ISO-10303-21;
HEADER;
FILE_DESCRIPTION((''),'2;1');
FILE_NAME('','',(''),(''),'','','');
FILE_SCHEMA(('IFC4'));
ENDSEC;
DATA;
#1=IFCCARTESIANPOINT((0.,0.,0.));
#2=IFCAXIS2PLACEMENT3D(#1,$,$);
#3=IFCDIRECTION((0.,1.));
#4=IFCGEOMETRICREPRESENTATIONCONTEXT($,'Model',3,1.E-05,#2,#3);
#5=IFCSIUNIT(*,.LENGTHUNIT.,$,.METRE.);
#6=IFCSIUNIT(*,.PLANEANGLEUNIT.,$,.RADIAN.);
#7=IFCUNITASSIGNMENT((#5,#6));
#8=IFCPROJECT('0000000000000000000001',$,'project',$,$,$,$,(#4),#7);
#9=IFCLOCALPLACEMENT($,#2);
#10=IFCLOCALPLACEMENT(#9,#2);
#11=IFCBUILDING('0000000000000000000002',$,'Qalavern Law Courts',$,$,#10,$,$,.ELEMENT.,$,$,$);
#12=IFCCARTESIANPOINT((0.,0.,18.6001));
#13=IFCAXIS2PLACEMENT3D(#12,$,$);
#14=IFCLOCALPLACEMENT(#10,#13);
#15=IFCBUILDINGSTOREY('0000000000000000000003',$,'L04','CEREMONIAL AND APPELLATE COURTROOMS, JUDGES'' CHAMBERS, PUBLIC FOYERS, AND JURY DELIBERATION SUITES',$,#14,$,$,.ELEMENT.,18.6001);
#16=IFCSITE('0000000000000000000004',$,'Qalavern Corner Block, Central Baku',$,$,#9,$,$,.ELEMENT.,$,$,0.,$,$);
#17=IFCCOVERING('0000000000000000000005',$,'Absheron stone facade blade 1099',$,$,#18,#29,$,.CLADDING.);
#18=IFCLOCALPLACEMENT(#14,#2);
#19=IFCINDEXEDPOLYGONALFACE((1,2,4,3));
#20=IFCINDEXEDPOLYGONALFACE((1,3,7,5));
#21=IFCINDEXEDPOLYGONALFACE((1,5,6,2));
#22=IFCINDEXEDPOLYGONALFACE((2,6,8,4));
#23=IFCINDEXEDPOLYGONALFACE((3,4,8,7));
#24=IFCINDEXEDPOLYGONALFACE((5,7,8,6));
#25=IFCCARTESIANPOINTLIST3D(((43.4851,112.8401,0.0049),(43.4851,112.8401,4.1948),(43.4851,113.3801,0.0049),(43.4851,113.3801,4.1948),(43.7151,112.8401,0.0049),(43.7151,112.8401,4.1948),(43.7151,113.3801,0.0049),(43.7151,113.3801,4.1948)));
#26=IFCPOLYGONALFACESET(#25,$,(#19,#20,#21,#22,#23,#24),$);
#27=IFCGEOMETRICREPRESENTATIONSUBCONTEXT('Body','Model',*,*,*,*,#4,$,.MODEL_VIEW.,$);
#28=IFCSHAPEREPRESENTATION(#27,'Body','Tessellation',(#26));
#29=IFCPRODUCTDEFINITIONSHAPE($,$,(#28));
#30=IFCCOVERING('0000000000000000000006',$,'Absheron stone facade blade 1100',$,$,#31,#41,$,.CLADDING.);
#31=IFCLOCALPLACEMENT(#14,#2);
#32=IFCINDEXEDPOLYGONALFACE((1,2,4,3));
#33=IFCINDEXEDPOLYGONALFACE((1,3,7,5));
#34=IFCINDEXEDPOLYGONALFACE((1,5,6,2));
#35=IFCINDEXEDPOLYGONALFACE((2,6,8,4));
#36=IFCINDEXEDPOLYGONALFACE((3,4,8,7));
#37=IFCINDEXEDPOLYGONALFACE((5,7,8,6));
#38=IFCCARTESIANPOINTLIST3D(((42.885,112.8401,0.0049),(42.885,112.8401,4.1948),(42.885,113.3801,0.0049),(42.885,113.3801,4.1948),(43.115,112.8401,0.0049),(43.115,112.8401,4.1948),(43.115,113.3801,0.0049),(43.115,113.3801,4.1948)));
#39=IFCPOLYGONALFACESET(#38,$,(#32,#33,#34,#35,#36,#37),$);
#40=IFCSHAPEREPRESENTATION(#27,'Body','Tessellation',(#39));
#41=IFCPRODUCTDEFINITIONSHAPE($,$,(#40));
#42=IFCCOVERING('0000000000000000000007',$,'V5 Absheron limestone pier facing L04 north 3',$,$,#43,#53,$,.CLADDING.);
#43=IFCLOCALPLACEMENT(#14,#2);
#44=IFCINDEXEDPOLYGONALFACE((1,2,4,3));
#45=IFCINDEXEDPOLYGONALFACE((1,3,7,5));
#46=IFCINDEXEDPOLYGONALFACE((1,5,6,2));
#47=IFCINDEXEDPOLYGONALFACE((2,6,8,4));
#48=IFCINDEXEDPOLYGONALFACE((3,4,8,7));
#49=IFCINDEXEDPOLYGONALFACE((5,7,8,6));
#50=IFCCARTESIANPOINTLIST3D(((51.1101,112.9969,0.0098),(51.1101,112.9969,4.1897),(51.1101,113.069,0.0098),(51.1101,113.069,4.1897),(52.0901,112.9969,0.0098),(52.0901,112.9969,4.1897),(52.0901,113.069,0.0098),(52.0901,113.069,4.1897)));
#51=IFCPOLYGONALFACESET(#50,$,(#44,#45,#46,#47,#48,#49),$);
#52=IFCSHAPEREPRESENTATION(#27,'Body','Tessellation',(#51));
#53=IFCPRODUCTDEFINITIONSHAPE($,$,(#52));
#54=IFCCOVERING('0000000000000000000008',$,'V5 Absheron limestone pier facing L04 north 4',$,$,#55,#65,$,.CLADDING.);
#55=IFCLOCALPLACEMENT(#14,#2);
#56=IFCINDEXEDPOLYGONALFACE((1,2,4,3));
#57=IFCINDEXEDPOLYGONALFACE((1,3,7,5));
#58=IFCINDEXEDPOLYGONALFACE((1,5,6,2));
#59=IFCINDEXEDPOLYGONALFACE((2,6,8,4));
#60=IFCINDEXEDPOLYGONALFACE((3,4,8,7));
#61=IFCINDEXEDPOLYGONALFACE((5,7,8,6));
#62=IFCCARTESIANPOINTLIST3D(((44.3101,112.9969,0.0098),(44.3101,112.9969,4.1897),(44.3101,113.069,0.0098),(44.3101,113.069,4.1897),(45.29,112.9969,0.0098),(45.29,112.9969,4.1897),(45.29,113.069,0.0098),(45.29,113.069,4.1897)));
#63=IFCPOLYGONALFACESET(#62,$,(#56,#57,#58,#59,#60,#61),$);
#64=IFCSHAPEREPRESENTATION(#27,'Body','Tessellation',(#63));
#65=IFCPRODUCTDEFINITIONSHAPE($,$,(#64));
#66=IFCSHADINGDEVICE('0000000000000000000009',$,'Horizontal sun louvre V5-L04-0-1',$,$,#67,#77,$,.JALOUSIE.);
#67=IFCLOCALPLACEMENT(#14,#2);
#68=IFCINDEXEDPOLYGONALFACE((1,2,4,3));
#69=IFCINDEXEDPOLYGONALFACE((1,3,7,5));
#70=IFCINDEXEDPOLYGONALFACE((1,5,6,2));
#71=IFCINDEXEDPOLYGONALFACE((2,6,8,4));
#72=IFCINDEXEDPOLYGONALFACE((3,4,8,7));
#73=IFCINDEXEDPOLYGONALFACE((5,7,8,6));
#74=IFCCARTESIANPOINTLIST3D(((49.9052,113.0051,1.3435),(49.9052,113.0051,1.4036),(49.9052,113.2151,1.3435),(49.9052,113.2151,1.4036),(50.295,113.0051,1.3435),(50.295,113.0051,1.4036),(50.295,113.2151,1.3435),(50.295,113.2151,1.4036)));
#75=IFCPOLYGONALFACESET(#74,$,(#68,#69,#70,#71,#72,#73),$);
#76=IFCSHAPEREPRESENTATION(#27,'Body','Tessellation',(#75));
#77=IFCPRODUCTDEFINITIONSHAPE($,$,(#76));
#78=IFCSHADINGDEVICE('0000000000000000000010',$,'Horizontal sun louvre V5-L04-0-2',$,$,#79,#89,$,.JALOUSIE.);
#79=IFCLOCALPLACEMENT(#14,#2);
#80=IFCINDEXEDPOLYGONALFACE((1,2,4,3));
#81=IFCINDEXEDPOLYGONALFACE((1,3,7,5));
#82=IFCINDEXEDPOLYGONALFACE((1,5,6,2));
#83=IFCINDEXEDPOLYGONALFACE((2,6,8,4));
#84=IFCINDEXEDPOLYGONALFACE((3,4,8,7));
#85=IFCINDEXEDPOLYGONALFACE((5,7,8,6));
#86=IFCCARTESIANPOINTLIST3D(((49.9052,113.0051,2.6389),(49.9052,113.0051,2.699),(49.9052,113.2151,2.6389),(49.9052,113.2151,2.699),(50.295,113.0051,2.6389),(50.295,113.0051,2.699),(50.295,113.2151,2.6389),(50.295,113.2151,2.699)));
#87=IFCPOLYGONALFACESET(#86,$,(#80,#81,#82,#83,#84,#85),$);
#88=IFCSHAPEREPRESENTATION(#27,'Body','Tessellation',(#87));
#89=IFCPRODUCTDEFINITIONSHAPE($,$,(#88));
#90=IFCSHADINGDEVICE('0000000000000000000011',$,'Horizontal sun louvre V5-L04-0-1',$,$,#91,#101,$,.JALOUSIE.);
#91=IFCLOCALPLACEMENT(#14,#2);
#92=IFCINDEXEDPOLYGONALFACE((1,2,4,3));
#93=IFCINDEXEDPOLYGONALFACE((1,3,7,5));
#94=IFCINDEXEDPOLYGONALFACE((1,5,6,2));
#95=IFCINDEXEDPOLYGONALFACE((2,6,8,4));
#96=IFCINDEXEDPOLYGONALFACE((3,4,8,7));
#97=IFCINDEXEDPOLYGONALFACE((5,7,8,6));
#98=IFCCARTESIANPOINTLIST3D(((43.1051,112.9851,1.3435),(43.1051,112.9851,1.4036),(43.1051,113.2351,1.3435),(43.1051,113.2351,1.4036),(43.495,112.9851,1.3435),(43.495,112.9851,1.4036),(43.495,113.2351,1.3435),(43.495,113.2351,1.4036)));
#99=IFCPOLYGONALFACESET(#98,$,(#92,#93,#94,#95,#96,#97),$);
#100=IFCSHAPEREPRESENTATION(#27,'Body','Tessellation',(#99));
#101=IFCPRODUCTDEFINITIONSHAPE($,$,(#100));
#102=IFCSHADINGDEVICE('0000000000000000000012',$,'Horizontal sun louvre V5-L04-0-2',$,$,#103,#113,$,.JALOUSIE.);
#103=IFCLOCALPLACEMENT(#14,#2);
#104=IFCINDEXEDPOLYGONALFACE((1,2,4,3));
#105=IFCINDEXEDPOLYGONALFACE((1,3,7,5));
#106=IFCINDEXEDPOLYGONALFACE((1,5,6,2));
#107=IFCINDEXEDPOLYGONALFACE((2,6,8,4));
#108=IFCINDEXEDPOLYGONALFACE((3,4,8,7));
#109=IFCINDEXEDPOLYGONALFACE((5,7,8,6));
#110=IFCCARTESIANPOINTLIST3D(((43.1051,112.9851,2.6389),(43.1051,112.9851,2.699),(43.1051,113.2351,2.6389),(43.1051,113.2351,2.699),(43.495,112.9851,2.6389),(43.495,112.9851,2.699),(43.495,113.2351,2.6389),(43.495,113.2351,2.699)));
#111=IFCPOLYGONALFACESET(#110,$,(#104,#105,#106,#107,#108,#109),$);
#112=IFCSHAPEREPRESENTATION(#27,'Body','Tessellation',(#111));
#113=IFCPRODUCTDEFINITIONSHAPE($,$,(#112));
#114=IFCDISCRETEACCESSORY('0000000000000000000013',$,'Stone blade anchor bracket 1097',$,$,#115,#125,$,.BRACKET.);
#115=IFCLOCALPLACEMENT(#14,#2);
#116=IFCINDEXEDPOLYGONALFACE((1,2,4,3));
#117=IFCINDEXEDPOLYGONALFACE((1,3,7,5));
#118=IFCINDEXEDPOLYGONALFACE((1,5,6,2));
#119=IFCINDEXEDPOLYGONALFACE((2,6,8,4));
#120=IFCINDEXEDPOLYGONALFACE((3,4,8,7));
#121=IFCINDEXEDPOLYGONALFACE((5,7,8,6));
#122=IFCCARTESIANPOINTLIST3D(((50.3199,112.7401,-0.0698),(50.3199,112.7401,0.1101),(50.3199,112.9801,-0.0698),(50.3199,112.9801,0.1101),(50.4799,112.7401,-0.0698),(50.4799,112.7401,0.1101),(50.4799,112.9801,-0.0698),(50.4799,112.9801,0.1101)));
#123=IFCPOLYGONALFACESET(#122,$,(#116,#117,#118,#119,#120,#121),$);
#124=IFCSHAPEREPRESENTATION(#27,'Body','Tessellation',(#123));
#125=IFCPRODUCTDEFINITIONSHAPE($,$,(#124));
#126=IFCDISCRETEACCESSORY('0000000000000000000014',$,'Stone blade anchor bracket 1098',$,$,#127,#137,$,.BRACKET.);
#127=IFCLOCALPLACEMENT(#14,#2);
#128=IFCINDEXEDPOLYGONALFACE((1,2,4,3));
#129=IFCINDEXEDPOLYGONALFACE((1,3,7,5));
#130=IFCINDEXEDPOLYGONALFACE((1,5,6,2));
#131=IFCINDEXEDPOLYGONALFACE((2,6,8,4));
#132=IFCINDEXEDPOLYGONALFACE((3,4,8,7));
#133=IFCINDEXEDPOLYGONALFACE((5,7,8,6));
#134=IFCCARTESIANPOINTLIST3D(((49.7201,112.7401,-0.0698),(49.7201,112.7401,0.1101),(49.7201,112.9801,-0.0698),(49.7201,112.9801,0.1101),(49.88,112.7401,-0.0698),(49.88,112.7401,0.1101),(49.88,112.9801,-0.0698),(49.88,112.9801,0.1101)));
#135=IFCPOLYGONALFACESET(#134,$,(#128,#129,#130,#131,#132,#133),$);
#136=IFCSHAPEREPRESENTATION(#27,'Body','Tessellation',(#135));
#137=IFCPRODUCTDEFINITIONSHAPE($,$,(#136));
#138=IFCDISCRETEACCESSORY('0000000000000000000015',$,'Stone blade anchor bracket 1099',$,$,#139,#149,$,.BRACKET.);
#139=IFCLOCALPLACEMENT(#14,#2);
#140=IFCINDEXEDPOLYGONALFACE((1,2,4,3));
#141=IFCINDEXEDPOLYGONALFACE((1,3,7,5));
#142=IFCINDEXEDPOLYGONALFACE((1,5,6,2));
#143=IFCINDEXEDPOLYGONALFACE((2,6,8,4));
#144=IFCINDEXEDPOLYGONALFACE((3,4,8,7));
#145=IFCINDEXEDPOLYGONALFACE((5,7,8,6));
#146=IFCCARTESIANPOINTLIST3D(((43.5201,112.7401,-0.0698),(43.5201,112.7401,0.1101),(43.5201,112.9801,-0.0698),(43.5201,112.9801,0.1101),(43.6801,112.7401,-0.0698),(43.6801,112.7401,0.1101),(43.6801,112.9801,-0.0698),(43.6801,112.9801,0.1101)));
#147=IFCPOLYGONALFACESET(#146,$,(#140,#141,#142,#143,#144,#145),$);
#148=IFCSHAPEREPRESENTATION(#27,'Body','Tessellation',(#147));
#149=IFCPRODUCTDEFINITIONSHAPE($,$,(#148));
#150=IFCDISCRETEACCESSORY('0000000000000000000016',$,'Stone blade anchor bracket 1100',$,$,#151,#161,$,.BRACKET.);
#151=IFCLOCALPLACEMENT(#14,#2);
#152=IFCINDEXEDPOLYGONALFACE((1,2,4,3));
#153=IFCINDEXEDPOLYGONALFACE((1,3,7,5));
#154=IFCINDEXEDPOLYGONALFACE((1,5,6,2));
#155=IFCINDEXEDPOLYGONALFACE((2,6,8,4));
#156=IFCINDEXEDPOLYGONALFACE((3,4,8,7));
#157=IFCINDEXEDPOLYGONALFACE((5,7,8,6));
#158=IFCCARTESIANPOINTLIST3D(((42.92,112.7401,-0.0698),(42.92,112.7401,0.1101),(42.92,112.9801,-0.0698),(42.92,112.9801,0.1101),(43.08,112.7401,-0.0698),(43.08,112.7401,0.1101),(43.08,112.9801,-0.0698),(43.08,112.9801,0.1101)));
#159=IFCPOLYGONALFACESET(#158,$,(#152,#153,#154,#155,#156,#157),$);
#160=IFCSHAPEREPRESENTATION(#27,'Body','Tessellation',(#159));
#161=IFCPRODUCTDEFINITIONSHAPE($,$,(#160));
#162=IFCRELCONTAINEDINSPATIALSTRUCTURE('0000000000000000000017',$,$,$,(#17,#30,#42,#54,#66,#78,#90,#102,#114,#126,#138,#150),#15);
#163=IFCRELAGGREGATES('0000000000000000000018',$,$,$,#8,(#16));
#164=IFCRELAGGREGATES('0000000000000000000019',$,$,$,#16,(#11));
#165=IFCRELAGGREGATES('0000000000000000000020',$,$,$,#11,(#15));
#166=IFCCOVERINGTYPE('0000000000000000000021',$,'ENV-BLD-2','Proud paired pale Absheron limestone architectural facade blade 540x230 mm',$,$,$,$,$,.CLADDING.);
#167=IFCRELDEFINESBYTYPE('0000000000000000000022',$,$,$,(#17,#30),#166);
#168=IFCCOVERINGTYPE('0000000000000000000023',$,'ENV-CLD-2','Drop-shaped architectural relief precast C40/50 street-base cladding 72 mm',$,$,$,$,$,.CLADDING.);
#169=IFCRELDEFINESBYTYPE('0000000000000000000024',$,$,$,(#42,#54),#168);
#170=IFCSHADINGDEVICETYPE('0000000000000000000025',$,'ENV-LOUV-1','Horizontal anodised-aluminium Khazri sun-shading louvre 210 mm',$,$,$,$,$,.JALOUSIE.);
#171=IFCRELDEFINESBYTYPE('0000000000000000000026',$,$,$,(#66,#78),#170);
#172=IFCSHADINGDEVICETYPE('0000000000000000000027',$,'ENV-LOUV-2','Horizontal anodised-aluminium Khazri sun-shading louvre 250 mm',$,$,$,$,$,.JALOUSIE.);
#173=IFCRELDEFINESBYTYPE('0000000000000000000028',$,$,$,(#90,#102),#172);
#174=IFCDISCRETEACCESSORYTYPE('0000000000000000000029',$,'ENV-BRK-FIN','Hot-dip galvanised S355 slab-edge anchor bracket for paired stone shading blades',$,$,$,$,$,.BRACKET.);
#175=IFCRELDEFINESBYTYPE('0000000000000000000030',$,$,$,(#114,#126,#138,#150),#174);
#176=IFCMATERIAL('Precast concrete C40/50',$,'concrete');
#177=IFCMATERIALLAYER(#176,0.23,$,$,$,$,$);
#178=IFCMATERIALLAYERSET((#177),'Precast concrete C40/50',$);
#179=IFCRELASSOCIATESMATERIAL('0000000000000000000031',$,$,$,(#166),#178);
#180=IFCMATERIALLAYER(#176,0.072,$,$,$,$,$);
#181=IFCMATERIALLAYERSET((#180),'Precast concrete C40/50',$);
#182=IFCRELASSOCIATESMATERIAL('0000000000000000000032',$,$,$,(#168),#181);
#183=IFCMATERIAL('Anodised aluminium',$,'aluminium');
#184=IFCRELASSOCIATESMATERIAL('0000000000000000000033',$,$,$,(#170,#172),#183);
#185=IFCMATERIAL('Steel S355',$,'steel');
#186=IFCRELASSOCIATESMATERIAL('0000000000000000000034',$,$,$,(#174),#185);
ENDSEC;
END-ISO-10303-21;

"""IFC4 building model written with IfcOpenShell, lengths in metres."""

from ifc_helpers import new_model, si_unit, direction, frame, origin, origin_2d, place, context, subcontext, project, spatial, rectangle, extrude, material, layer, layer_set, type_object, element, save


model = new_model("IFC4")

# Units and contexts
model_context = context("Model", 3, precision=1e-05, world=origin(), true_north=direction((0.0, 1.0)))
body_context = subcontext(model_context, "Body", "Model", "MODEL_VIEW")
ifc_project = project(units=[si_unit("LENGTHUNIT", "METRE"), si_unit("PLANEANGLEUNIT", "RADIAN")], contexts=[model_context])

# Site, building, storey
site_placement = place(None, origin())
site = spatial("IfcSite", under=ifc_project, at=site_placement, Name="Qalavern Corner Block, Central Baku", CompositionType="ELEMENT", RefElevation=0.0)
building_placement = place(site_placement, origin())
building = spatial("IfcBuilding", under=site, at=building_placement, Name="Qalavern Law Courts", CompositionType="ELEMENT")
storey_placement = place(building_placement, frame((0.0, 0.0, 18.6001)))
storey = spatial("IfcBuildingStorey", under=building, at=storey_placement, Name="L04", Description="CEREMONIAL AND APPELLATE COURTROOMS, JUDGES' CHAMBERS, PUBLIC FOYERS, AND JURY DELIBERATION SUITES", CompositionType="ELEMENT", Elevation=18.6001)

# Shared definitions
ifc_material_1 = material(Name="Anodised aluminium", Category="aluminium")

# Coverings
ifc_material_2 = material(Name="Precast concrete C40/50", Category="concrete")
ifc_layer_1 = layer(ifc_material_2, 0.23)
ifc_layer_set_1 = layer_set([ifc_layer_1], Name="Precast concrete C40/50")
covering_type_1 = type_object("IfcCoveringType", Name="ENV-BLD-2", Description="Proud paired pale Absheron limestone architectural facade blade 540x230 mm", PredefinedType="CLADDING", material=ifc_layer_set_1)
for number, where, z_axis, x_axis, name in (
    (1, (43.6001, 113.1101, 0.0049), (0.0, 0.0, 1.0), (0.0, 1.0, 0.0), "Absheron stone facade blade 1099"),
    (2, (43.0, 113.1101, 0.0049), (0.0, 0.0, 1.0), (0.0, 1.0, 0.0), "Absheron stone facade blade 1100"),
):
    element("IfcCovering", number, at=place(storey_placement, frame(where, z_axis=z_axis, x_axis=x_axis)), inside=storey, type_object=covering_type_1, Name=name, PredefinedType="CLADDING", context=body_context, shape_type="SweptSolid", body=[
        extrude(rectangle(XDim=0.54, YDim=0.23, at=origin_2d()), origin(), (0.0, 0.0, 1.0), 4.1899),
    ])
ifc_layer_2 = layer(ifc_material_2, 0.072)
ifc_layer_set_2 = layer_set([ifc_layer_2], Name="Precast concrete C40/50")
covering_type_2 = type_object("IfcCoveringType", Name="ENV-CLD-2", Description="Drop-shaped architectural relief precast C40/50 street-base cladding 72 mm", PredefinedType="CLADDING", material=ifc_layer_set_2)
for number, where, z_axis, x_axis, name in (
    (3, (51.6001, 113.033, 0.0098), (0.0, 0.0, 1.0), (-1.0, 0.0, 0.0), "V5 Absheron limestone pier facing L04 north 3"),
    (4, (44.8, 113.033, 0.0098), (0.0, 0.0, 1.0), (-1.0, 0.0, 0.0), "V5 Absheron limestone pier facing L04 north 4"),
):
    element("IfcCovering", number, at=place(storey_placement, frame(where, z_axis=z_axis, x_axis=x_axis)), inside=storey, type_object=covering_type_2, Name=name, PredefinedType="CLADDING", context=body_context, shape_type="SweptSolid", body=[
        extrude(rectangle(XDim=0.98, YDim=0.072, at=origin_2d()), origin(), (0.0, 0.0, 1.0), 4.1799),
    ])

# Shading devices
shading_device_type_1 = type_object("IfcShadingDeviceType", Name="ENV-LOUV-1", Description="Horizontal anodised-aluminium Khazri sun-shading louvre 210 mm", PredefinedType="JALOUSIE", material=ifc_material_1)
for number, where, z_axis, x_axis, name in (
    (5, (50.1001, 113.1101, 1.3435), (0.0, 0.0, 1.0), (-1.0, 0.0, 0.0), "Horizontal sun louvre V5-L04-0-1"),
    (6, (50.1001, 113.1101, 2.6389), (0.0, 0.0, 1.0), (-1.0, 0.0, 0.0), "Horizontal sun louvre V5-L04-0-2"),
):
    element("IfcShadingDevice", number, at=place(storey_placement, frame(where, z_axis=z_axis, x_axis=x_axis)), inside=storey, type_object=shading_device_type_1, Name=name, PredefinedType="JALOUSIE", context=body_context, shape_type="SweptSolid", body=[
        extrude(rectangle(XDim=0.3899, YDim=0.21, at=origin_2d()), origin(), (0.0, 0.0, 1.0), 0.0601),
    ])
shading_device_type_2 = type_object("IfcShadingDeviceType", Name="ENV-LOUV-2", Description="Horizontal anodised-aluminium Khazri sun-shading louvre 250 mm", PredefinedType="JALOUSIE", material=ifc_material_1)
for number, where, z_axis, x_axis, name in (
    (7, (43.3, 113.1101, 1.3435), (0.0, 0.0, 1.0), (-1.0, 0.0, 0.0), "Horizontal sun louvre V5-L04-0-1"),
    (8, (43.3, 113.1101, 2.6389), (0.0, 0.0, 1.0), (-1.0, 0.0, 0.0), "Horizontal sun louvre V5-L04-0-2"),
):
    element("IfcShadingDevice", number, at=place(storey_placement, frame(where, z_axis=z_axis, x_axis=x_axis)), inside=storey, type_object=shading_device_type_2, Name=name, PredefinedType="JALOUSIE", context=body_context, shape_type="SweptSolid", body=[
        extrude(rectangle(XDim=0.3899, YDim=0.25, at=origin_2d()), origin(), (0.0, 0.0, 1.0), 0.0601),
    ])

# Discrete accessories
ifc_material_3 = material(Name="Steel S355", Category="steel")
discrete_accessory_type = type_object("IfcDiscreteAccessoryType", Name="ENV-BRK-FIN", Description="Hot-dip galvanised S355 slab-edge anchor bracket for paired stone shading blades", PredefinedType="BRACKET", material=ifc_material_3)
for number, where, z_axis, x_axis, name in (
    (9, (50.3999, 112.8601, -0.0698), (0.0, 0.0, 1.0), (0.0, 1.0, 0.0), "Stone blade anchor bracket 1097"),
    (10, (49.8, 112.8601, -0.0698), (0.0, 0.0, 1.0), (0.0, 1.0, 0.0), "Stone blade anchor bracket 1098"),
    (11, (43.6001, 112.8601, -0.0698), (0.0, 0.0, 1.0), (0.0, 1.0, 0.0), "Stone blade anchor bracket 1099"),
    (12, (43.0, 112.8601, -0.0698), (0.0, 0.0, 1.0), (0.0, 1.0, 0.0), "Stone blade anchor bracket 1100"),
):
    element("IfcDiscreteAccessory", number, at=place(storey_placement, frame(where, z_axis=z_axis, x_axis=x_axis)), inside=storey, type_object=discrete_accessory_type, Name=name, PredefinedType="BRACKET", context=body_context, shape_type="SweptSolid", body=[
        extrude(rectangle(XDim=0.24, YDim=0.1599, at=origin_2d()), origin(), (0.0, 0.0, 1.0), 0.1799),
    ])

save(model, "model.ifc")
